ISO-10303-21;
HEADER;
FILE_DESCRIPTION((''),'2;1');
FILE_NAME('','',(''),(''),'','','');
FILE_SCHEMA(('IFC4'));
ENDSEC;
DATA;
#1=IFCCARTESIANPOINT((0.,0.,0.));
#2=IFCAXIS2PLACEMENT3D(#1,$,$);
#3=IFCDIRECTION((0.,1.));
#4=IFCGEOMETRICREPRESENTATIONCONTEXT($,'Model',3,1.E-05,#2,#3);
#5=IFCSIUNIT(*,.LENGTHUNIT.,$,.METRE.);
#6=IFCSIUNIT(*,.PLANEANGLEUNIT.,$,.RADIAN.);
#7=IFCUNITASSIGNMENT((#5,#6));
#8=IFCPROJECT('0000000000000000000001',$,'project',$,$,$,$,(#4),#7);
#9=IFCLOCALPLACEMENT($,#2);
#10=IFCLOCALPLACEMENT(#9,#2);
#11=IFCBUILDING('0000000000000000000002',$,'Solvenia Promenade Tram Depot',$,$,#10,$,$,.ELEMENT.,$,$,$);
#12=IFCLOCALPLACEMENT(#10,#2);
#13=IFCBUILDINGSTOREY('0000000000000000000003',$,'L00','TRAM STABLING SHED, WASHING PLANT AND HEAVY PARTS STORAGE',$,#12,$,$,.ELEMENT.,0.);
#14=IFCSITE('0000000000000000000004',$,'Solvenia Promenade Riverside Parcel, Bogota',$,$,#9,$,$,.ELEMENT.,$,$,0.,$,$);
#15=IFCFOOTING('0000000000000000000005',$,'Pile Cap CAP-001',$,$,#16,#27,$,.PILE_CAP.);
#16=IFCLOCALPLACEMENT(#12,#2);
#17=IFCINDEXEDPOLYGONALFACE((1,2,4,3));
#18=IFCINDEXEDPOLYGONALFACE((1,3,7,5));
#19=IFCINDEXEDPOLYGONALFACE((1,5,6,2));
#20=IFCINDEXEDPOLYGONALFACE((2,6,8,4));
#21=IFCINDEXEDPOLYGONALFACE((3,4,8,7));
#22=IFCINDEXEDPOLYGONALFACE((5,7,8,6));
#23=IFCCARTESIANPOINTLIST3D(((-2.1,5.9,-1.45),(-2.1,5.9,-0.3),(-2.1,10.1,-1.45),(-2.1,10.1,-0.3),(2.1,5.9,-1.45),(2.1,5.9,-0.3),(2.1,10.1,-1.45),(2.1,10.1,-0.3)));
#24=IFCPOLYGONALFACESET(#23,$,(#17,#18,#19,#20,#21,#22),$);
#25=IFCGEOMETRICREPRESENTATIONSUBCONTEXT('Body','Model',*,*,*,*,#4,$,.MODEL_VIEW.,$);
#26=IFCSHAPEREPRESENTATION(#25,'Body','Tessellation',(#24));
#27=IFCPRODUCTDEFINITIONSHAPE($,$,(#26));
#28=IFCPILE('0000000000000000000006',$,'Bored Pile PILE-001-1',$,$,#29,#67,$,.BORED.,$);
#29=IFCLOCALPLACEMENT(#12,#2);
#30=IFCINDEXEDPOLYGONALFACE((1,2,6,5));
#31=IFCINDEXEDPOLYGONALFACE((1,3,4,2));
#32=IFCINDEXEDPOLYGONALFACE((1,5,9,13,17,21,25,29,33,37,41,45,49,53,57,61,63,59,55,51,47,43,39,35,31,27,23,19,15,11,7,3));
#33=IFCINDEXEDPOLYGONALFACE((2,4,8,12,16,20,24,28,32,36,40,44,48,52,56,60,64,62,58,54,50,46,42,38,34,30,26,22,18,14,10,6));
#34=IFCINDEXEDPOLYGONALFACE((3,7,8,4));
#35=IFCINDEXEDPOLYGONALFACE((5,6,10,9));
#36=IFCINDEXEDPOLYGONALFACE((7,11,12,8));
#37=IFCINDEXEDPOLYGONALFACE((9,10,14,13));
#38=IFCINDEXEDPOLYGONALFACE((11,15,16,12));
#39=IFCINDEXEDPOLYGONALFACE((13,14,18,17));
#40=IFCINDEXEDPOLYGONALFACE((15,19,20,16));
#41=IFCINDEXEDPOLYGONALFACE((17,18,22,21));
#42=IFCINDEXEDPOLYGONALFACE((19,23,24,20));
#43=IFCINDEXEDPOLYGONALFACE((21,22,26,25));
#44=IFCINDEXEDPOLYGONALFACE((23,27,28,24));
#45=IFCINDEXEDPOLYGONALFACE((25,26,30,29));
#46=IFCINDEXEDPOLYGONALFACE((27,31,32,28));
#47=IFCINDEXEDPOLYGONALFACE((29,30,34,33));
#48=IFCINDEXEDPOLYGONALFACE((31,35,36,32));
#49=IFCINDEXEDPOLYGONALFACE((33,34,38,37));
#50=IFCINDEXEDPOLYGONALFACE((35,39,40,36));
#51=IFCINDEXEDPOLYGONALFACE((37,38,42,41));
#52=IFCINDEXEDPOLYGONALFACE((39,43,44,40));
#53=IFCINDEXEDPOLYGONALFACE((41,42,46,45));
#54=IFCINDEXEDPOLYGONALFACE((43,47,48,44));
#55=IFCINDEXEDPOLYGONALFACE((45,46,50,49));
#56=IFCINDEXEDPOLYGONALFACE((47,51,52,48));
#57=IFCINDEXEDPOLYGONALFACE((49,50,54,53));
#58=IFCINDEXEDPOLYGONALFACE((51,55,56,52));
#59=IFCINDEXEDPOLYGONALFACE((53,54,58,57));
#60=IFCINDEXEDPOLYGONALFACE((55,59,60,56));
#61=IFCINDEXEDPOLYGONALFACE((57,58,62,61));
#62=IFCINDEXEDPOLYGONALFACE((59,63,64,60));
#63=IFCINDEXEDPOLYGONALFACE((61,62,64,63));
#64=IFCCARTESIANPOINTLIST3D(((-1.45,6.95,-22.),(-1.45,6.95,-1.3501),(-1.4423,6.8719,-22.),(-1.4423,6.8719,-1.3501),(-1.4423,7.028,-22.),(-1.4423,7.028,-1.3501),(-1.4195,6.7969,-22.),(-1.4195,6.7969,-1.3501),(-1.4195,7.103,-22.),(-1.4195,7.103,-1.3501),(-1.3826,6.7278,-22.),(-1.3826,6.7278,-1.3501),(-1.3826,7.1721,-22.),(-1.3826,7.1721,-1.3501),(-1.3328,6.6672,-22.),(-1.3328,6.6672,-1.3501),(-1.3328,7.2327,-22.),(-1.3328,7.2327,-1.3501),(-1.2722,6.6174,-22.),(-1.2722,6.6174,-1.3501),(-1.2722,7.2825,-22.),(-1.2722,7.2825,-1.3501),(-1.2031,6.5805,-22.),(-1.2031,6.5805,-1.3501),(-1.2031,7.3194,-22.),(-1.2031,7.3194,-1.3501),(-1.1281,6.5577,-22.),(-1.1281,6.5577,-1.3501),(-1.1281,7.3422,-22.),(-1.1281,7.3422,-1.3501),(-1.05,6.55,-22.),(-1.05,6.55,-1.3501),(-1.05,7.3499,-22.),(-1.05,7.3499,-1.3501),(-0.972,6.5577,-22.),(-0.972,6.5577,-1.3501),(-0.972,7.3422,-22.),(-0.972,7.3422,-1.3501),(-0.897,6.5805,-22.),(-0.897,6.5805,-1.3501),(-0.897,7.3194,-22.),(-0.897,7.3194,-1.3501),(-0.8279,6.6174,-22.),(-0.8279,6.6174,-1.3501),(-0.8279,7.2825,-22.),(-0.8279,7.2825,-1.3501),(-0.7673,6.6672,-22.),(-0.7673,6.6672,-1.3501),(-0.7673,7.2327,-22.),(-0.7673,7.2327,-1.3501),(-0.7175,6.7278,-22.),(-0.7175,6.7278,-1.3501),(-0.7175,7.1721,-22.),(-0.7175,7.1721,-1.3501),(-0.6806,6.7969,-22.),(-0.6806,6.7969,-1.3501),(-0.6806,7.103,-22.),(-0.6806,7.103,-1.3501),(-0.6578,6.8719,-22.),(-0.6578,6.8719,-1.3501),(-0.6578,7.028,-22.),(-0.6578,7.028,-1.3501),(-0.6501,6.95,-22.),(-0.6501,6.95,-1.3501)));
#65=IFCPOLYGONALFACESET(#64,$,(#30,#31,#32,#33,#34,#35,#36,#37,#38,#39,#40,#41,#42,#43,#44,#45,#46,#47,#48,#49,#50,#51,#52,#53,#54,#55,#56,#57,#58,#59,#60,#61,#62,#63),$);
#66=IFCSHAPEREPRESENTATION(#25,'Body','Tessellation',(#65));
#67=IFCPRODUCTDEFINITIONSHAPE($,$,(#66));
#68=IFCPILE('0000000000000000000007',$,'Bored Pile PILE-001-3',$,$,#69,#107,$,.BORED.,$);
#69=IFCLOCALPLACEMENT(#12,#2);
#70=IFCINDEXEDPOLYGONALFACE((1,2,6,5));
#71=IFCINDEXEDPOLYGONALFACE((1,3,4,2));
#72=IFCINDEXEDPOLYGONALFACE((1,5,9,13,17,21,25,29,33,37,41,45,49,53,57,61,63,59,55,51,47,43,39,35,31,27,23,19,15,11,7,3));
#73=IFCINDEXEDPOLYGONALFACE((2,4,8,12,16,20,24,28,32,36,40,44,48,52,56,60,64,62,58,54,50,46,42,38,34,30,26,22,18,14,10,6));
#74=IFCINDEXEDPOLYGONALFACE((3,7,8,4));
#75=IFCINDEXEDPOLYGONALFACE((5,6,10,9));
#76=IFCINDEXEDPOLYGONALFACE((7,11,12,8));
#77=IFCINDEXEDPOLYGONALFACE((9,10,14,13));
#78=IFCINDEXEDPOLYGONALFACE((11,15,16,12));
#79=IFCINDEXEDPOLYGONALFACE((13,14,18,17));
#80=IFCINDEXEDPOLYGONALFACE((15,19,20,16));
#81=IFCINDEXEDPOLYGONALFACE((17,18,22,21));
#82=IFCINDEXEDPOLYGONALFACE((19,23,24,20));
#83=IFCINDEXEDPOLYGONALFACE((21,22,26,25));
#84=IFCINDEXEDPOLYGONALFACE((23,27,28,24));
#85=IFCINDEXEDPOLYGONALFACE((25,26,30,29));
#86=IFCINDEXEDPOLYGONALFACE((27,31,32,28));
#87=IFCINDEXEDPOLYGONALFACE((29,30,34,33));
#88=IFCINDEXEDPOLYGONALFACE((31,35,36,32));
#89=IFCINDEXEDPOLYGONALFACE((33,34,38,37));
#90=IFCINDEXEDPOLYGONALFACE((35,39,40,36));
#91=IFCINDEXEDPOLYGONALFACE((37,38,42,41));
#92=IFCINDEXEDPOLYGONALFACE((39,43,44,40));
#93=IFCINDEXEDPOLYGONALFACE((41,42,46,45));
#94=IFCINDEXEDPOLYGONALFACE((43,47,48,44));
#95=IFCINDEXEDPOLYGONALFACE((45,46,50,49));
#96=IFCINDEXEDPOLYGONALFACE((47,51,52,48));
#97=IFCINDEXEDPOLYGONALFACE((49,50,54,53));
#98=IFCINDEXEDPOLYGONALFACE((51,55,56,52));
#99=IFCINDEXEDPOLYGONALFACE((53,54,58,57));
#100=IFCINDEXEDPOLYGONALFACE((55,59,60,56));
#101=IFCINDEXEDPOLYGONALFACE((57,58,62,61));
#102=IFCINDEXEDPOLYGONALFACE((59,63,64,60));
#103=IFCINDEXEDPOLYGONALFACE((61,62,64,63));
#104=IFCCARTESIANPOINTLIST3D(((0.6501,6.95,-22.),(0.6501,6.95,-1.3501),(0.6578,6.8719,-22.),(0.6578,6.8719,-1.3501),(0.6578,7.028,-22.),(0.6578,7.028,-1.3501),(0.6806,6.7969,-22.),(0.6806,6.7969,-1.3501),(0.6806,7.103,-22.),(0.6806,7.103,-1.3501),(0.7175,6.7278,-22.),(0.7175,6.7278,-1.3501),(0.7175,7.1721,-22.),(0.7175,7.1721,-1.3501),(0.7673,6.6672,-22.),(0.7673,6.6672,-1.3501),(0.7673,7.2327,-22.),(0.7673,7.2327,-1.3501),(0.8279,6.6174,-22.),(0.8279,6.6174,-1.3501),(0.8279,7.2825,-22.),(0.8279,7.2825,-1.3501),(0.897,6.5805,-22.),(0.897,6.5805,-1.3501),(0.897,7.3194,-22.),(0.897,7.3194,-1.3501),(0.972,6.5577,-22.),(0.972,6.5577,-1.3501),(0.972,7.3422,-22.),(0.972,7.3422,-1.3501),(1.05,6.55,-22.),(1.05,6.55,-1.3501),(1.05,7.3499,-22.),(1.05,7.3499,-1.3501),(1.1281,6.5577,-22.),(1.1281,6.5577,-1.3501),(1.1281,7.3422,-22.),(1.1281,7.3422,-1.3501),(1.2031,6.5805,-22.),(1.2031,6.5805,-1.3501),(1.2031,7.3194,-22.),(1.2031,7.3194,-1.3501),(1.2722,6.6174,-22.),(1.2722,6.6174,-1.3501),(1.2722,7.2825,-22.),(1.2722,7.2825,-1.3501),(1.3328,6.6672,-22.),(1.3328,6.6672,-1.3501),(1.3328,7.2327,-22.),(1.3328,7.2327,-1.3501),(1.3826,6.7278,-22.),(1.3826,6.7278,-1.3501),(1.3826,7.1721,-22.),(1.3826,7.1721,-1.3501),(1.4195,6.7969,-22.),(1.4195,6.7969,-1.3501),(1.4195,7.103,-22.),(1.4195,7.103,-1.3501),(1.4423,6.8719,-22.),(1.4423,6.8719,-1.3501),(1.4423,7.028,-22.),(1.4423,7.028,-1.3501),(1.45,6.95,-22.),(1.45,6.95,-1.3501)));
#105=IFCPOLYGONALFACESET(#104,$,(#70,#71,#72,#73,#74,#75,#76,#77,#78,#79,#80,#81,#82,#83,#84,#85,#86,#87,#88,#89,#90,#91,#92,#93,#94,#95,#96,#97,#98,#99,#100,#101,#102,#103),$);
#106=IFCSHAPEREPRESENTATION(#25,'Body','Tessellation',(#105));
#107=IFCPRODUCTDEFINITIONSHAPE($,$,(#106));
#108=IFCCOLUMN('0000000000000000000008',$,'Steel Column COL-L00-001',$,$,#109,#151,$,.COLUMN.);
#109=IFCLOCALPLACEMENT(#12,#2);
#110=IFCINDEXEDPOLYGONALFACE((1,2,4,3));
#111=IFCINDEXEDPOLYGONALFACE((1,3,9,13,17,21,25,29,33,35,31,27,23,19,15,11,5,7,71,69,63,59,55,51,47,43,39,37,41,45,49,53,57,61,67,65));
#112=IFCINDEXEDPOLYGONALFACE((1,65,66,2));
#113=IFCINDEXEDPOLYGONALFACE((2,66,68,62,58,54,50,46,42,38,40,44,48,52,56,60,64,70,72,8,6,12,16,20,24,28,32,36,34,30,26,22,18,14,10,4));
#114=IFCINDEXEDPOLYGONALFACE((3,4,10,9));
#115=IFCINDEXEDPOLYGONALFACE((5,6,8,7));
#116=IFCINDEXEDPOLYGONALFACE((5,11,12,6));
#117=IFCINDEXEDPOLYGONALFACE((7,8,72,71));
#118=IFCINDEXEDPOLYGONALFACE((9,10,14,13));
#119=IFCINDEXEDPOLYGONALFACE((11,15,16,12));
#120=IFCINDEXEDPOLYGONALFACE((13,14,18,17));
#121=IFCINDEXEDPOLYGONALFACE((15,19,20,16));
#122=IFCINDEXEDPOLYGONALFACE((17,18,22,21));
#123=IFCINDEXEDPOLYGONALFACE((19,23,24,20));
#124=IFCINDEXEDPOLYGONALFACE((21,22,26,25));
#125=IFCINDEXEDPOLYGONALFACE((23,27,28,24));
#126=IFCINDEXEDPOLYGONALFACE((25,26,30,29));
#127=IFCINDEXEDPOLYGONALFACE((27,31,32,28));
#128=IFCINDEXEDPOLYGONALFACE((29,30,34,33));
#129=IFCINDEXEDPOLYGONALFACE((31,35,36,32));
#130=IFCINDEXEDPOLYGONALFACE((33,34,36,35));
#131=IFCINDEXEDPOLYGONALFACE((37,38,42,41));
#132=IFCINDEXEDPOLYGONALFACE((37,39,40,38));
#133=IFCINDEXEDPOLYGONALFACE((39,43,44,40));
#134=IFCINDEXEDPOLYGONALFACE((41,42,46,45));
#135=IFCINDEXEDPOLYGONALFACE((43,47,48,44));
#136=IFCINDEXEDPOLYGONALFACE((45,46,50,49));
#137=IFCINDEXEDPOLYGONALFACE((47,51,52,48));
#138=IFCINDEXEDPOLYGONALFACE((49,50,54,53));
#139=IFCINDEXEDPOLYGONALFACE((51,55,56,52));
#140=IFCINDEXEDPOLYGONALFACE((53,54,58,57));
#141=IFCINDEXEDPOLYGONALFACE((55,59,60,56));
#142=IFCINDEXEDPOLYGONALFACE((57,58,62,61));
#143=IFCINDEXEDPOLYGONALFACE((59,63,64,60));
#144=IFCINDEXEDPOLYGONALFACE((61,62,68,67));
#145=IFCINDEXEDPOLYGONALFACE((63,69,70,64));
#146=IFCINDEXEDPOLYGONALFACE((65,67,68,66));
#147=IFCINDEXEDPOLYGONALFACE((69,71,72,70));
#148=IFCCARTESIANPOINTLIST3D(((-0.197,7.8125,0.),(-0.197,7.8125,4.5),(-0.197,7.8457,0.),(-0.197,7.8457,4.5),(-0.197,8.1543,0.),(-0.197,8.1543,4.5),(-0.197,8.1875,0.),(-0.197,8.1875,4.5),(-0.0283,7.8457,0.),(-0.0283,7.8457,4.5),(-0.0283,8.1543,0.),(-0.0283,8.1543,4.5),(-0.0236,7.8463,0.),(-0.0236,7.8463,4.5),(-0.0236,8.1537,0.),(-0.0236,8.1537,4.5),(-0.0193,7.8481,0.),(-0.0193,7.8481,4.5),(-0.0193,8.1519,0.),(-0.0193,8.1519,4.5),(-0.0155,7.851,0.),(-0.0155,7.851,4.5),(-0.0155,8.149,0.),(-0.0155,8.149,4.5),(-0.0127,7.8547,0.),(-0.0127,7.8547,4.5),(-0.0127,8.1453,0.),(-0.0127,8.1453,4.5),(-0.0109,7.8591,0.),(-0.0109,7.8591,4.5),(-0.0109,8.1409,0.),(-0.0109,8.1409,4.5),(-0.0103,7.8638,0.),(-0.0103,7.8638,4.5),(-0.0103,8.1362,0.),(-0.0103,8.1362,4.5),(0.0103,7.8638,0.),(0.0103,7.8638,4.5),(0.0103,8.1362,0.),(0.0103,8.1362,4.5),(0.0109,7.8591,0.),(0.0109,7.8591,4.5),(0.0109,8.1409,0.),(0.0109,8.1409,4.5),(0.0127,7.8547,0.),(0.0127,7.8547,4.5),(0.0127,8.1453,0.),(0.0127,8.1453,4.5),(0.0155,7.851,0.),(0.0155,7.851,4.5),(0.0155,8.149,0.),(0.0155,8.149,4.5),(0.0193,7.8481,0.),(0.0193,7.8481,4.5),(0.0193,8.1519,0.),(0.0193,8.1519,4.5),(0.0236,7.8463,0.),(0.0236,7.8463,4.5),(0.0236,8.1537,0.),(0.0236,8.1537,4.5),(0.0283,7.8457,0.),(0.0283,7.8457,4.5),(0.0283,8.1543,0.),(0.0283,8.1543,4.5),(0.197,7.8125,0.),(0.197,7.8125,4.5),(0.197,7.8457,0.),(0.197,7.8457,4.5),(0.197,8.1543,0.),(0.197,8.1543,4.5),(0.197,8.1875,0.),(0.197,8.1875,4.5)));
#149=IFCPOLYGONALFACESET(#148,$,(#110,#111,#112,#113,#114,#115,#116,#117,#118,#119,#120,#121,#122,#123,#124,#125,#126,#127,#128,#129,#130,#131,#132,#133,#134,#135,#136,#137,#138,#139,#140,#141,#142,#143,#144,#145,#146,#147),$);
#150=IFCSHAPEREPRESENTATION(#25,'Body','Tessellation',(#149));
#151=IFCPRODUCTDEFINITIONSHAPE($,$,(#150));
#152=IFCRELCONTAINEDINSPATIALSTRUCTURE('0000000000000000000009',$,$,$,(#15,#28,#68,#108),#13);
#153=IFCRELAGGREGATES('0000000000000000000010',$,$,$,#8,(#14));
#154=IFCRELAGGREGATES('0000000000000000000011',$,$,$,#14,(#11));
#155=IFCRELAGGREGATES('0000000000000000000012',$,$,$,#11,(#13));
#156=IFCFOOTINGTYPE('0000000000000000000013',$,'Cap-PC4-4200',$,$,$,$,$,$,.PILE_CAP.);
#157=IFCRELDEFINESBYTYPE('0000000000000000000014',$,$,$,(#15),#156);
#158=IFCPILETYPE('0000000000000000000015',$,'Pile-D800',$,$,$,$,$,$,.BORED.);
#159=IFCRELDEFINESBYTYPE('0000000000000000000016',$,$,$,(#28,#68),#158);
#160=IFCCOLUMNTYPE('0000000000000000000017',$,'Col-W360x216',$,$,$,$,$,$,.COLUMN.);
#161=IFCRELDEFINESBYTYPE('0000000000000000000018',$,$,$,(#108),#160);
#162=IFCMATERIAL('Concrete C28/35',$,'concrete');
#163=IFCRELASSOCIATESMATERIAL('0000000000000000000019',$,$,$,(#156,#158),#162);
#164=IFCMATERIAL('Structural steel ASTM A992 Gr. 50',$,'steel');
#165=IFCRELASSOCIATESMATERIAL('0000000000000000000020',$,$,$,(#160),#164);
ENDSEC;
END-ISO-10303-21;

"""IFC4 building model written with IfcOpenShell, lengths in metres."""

from ifc_helpers import new_model, si_unit, direction, frame, origin, origin_2d, place, context, subcontext, project, spatial, rectangle, circle, i_section, extrude, material, material_profile, profile_set, type_object, element, save


model = new_model("IFC4")

# Units and contexts
model_context = context("Model", 3, precision=1e-05, world=origin(), true_north=direction((0.0, 1.0)))
body_context = subcontext(model_context, "Body", "Model", "MODEL_VIEW")
ifc_project = project(units=[si_unit("LENGTHUNIT", "METRE"), si_unit("PLANEANGLEUNIT", "RADIAN")], contexts=[model_context])

# Site, building, storey
site_placement = place(None, origin())
site = spatial("IfcSite", under=ifc_project, at=site_placement, Name="Solvenia Promenade Riverside Parcel, Bogota", CompositionType="ELEMENT", RefElevation=0.0)
building_placement = place(site_placement, origin())
building = spatial("IfcBuilding", under=site, at=building_placement, Name="Solvenia Promenade Tram Depot", CompositionType="ELEMENT")
storey_placement = place(building_placement, origin())
storey = spatial("IfcBuildingStorey", under=building, at=storey_placement, Name="L00", Description="TRAM STABLING SHED, WASHING PLANT AND HEAVY PARTS STORAGE", CompositionType="ELEMENT", Elevation=0.0)

# Footing
ifc_material_1 = material(Name="Concrete C28/35", Category="concrete")
footing_type = type_object("IfcFootingType", Name="Cap-PC4-4200", PredefinedType="PILE_CAP", material=ifc_material_1)
footing_placement = place(storey_placement, frame((0.0, 8.0, -1.45), z_axis=(0.0, 0.0, 1.0), x_axis=(1.0, 0.0, 0.0)))
element("IfcFooting", 1, at=footing_placement, inside=storey, type_object=footing_type, Name="Pile Cap CAP-001", PredefinedType="PILE_CAP", context=body_context, shape_type="SweptSolid", body=[
    extrude(rectangle(XDim=4.2, YDim=4.2, at=origin_2d()), origin(), (0.0, 0.0, 1.0), 1.1499),
])

# Piles
ifc_material_profile_1 = material_profile(ifc_material_1, circle(Radius=0.3999, at=origin_2d()), Name="D800", Category="concrete")
ifc_profile_set_1 = profile_set([ifc_material_profile_1], Name="Concrete C28/35")
pile_type = type_object("IfcPileType", Name="Pile-D800", PredefinedType="BORED", material=ifc_profile_set_1)
for number, where, z_axis, x_axis, name in (
    (2, (-1.05, 6.95, -1.3501), (0.0, 0.0, -1.0), (1.0, 0.0, 0.0), "Bored Pile PILE-001-1"),
    (3, (1.05, 6.95, -1.3501), (0.0, 0.0, -1.0), (1.0, 0.0, 0.0), "Bored Pile PILE-001-3"),
):
    element("IfcPile", number, at=place(storey_placement, frame(where, z_axis=z_axis, x_axis=x_axis)), inside=storey, type_object=pile_type, Name=name, PredefinedType="BORED", context=body_context, shape_type="SweptSolid", body=[
        extrude(circle(Radius=0.3999, at=origin_2d()), origin(), (0.0, 0.0, 1.0), 20.6499),
    ])

# Column
ifc_material_2 = material(Name="Structural steel ASTM A992 Gr. 50", Category="steel")
ifc_material_profile_2 = material_profile(ifc_material_2, i_section(OverallWidth=0.394, OverallDepth=0.375, WebThickness=0.0205, FlangeThickness=0.0332, FilletRadius=0.0181, at=origin_2d()), Name="W360x216", Category="steel")
ifc_profile_set_2 = profile_set([ifc_material_profile_2], Name="Structural steel ASTM A992 Gr. 50")
column_type = type_object("IfcColumnType", Name="Col-W360x216", PredefinedType="COLUMN", material=ifc_profile_set_2)
column_placement = place(storey_placement, frame((0.0, 8.0, 0.0), z_axis=(0.0, 0.0, 1.0), x_axis=(1.0, 0.0, 0.0)))
element("IfcColumn", 4, at=column_placement, inside=storey, type_object=column_type, Name="Steel Column COL-L00-001", PredefinedType="COLUMN", context=body_context, shape_type="SweptSolid", body=[
    extrude(i_section(OverallWidth=0.394, OverallDepth=0.375, WebThickness=0.0205, FlangeThickness=0.0332, FilletRadius=0.0181, at=origin_2d()), origin(), (0.0, 0.0, 1.0), 4.5),
])

save(model, "model.ifc")
